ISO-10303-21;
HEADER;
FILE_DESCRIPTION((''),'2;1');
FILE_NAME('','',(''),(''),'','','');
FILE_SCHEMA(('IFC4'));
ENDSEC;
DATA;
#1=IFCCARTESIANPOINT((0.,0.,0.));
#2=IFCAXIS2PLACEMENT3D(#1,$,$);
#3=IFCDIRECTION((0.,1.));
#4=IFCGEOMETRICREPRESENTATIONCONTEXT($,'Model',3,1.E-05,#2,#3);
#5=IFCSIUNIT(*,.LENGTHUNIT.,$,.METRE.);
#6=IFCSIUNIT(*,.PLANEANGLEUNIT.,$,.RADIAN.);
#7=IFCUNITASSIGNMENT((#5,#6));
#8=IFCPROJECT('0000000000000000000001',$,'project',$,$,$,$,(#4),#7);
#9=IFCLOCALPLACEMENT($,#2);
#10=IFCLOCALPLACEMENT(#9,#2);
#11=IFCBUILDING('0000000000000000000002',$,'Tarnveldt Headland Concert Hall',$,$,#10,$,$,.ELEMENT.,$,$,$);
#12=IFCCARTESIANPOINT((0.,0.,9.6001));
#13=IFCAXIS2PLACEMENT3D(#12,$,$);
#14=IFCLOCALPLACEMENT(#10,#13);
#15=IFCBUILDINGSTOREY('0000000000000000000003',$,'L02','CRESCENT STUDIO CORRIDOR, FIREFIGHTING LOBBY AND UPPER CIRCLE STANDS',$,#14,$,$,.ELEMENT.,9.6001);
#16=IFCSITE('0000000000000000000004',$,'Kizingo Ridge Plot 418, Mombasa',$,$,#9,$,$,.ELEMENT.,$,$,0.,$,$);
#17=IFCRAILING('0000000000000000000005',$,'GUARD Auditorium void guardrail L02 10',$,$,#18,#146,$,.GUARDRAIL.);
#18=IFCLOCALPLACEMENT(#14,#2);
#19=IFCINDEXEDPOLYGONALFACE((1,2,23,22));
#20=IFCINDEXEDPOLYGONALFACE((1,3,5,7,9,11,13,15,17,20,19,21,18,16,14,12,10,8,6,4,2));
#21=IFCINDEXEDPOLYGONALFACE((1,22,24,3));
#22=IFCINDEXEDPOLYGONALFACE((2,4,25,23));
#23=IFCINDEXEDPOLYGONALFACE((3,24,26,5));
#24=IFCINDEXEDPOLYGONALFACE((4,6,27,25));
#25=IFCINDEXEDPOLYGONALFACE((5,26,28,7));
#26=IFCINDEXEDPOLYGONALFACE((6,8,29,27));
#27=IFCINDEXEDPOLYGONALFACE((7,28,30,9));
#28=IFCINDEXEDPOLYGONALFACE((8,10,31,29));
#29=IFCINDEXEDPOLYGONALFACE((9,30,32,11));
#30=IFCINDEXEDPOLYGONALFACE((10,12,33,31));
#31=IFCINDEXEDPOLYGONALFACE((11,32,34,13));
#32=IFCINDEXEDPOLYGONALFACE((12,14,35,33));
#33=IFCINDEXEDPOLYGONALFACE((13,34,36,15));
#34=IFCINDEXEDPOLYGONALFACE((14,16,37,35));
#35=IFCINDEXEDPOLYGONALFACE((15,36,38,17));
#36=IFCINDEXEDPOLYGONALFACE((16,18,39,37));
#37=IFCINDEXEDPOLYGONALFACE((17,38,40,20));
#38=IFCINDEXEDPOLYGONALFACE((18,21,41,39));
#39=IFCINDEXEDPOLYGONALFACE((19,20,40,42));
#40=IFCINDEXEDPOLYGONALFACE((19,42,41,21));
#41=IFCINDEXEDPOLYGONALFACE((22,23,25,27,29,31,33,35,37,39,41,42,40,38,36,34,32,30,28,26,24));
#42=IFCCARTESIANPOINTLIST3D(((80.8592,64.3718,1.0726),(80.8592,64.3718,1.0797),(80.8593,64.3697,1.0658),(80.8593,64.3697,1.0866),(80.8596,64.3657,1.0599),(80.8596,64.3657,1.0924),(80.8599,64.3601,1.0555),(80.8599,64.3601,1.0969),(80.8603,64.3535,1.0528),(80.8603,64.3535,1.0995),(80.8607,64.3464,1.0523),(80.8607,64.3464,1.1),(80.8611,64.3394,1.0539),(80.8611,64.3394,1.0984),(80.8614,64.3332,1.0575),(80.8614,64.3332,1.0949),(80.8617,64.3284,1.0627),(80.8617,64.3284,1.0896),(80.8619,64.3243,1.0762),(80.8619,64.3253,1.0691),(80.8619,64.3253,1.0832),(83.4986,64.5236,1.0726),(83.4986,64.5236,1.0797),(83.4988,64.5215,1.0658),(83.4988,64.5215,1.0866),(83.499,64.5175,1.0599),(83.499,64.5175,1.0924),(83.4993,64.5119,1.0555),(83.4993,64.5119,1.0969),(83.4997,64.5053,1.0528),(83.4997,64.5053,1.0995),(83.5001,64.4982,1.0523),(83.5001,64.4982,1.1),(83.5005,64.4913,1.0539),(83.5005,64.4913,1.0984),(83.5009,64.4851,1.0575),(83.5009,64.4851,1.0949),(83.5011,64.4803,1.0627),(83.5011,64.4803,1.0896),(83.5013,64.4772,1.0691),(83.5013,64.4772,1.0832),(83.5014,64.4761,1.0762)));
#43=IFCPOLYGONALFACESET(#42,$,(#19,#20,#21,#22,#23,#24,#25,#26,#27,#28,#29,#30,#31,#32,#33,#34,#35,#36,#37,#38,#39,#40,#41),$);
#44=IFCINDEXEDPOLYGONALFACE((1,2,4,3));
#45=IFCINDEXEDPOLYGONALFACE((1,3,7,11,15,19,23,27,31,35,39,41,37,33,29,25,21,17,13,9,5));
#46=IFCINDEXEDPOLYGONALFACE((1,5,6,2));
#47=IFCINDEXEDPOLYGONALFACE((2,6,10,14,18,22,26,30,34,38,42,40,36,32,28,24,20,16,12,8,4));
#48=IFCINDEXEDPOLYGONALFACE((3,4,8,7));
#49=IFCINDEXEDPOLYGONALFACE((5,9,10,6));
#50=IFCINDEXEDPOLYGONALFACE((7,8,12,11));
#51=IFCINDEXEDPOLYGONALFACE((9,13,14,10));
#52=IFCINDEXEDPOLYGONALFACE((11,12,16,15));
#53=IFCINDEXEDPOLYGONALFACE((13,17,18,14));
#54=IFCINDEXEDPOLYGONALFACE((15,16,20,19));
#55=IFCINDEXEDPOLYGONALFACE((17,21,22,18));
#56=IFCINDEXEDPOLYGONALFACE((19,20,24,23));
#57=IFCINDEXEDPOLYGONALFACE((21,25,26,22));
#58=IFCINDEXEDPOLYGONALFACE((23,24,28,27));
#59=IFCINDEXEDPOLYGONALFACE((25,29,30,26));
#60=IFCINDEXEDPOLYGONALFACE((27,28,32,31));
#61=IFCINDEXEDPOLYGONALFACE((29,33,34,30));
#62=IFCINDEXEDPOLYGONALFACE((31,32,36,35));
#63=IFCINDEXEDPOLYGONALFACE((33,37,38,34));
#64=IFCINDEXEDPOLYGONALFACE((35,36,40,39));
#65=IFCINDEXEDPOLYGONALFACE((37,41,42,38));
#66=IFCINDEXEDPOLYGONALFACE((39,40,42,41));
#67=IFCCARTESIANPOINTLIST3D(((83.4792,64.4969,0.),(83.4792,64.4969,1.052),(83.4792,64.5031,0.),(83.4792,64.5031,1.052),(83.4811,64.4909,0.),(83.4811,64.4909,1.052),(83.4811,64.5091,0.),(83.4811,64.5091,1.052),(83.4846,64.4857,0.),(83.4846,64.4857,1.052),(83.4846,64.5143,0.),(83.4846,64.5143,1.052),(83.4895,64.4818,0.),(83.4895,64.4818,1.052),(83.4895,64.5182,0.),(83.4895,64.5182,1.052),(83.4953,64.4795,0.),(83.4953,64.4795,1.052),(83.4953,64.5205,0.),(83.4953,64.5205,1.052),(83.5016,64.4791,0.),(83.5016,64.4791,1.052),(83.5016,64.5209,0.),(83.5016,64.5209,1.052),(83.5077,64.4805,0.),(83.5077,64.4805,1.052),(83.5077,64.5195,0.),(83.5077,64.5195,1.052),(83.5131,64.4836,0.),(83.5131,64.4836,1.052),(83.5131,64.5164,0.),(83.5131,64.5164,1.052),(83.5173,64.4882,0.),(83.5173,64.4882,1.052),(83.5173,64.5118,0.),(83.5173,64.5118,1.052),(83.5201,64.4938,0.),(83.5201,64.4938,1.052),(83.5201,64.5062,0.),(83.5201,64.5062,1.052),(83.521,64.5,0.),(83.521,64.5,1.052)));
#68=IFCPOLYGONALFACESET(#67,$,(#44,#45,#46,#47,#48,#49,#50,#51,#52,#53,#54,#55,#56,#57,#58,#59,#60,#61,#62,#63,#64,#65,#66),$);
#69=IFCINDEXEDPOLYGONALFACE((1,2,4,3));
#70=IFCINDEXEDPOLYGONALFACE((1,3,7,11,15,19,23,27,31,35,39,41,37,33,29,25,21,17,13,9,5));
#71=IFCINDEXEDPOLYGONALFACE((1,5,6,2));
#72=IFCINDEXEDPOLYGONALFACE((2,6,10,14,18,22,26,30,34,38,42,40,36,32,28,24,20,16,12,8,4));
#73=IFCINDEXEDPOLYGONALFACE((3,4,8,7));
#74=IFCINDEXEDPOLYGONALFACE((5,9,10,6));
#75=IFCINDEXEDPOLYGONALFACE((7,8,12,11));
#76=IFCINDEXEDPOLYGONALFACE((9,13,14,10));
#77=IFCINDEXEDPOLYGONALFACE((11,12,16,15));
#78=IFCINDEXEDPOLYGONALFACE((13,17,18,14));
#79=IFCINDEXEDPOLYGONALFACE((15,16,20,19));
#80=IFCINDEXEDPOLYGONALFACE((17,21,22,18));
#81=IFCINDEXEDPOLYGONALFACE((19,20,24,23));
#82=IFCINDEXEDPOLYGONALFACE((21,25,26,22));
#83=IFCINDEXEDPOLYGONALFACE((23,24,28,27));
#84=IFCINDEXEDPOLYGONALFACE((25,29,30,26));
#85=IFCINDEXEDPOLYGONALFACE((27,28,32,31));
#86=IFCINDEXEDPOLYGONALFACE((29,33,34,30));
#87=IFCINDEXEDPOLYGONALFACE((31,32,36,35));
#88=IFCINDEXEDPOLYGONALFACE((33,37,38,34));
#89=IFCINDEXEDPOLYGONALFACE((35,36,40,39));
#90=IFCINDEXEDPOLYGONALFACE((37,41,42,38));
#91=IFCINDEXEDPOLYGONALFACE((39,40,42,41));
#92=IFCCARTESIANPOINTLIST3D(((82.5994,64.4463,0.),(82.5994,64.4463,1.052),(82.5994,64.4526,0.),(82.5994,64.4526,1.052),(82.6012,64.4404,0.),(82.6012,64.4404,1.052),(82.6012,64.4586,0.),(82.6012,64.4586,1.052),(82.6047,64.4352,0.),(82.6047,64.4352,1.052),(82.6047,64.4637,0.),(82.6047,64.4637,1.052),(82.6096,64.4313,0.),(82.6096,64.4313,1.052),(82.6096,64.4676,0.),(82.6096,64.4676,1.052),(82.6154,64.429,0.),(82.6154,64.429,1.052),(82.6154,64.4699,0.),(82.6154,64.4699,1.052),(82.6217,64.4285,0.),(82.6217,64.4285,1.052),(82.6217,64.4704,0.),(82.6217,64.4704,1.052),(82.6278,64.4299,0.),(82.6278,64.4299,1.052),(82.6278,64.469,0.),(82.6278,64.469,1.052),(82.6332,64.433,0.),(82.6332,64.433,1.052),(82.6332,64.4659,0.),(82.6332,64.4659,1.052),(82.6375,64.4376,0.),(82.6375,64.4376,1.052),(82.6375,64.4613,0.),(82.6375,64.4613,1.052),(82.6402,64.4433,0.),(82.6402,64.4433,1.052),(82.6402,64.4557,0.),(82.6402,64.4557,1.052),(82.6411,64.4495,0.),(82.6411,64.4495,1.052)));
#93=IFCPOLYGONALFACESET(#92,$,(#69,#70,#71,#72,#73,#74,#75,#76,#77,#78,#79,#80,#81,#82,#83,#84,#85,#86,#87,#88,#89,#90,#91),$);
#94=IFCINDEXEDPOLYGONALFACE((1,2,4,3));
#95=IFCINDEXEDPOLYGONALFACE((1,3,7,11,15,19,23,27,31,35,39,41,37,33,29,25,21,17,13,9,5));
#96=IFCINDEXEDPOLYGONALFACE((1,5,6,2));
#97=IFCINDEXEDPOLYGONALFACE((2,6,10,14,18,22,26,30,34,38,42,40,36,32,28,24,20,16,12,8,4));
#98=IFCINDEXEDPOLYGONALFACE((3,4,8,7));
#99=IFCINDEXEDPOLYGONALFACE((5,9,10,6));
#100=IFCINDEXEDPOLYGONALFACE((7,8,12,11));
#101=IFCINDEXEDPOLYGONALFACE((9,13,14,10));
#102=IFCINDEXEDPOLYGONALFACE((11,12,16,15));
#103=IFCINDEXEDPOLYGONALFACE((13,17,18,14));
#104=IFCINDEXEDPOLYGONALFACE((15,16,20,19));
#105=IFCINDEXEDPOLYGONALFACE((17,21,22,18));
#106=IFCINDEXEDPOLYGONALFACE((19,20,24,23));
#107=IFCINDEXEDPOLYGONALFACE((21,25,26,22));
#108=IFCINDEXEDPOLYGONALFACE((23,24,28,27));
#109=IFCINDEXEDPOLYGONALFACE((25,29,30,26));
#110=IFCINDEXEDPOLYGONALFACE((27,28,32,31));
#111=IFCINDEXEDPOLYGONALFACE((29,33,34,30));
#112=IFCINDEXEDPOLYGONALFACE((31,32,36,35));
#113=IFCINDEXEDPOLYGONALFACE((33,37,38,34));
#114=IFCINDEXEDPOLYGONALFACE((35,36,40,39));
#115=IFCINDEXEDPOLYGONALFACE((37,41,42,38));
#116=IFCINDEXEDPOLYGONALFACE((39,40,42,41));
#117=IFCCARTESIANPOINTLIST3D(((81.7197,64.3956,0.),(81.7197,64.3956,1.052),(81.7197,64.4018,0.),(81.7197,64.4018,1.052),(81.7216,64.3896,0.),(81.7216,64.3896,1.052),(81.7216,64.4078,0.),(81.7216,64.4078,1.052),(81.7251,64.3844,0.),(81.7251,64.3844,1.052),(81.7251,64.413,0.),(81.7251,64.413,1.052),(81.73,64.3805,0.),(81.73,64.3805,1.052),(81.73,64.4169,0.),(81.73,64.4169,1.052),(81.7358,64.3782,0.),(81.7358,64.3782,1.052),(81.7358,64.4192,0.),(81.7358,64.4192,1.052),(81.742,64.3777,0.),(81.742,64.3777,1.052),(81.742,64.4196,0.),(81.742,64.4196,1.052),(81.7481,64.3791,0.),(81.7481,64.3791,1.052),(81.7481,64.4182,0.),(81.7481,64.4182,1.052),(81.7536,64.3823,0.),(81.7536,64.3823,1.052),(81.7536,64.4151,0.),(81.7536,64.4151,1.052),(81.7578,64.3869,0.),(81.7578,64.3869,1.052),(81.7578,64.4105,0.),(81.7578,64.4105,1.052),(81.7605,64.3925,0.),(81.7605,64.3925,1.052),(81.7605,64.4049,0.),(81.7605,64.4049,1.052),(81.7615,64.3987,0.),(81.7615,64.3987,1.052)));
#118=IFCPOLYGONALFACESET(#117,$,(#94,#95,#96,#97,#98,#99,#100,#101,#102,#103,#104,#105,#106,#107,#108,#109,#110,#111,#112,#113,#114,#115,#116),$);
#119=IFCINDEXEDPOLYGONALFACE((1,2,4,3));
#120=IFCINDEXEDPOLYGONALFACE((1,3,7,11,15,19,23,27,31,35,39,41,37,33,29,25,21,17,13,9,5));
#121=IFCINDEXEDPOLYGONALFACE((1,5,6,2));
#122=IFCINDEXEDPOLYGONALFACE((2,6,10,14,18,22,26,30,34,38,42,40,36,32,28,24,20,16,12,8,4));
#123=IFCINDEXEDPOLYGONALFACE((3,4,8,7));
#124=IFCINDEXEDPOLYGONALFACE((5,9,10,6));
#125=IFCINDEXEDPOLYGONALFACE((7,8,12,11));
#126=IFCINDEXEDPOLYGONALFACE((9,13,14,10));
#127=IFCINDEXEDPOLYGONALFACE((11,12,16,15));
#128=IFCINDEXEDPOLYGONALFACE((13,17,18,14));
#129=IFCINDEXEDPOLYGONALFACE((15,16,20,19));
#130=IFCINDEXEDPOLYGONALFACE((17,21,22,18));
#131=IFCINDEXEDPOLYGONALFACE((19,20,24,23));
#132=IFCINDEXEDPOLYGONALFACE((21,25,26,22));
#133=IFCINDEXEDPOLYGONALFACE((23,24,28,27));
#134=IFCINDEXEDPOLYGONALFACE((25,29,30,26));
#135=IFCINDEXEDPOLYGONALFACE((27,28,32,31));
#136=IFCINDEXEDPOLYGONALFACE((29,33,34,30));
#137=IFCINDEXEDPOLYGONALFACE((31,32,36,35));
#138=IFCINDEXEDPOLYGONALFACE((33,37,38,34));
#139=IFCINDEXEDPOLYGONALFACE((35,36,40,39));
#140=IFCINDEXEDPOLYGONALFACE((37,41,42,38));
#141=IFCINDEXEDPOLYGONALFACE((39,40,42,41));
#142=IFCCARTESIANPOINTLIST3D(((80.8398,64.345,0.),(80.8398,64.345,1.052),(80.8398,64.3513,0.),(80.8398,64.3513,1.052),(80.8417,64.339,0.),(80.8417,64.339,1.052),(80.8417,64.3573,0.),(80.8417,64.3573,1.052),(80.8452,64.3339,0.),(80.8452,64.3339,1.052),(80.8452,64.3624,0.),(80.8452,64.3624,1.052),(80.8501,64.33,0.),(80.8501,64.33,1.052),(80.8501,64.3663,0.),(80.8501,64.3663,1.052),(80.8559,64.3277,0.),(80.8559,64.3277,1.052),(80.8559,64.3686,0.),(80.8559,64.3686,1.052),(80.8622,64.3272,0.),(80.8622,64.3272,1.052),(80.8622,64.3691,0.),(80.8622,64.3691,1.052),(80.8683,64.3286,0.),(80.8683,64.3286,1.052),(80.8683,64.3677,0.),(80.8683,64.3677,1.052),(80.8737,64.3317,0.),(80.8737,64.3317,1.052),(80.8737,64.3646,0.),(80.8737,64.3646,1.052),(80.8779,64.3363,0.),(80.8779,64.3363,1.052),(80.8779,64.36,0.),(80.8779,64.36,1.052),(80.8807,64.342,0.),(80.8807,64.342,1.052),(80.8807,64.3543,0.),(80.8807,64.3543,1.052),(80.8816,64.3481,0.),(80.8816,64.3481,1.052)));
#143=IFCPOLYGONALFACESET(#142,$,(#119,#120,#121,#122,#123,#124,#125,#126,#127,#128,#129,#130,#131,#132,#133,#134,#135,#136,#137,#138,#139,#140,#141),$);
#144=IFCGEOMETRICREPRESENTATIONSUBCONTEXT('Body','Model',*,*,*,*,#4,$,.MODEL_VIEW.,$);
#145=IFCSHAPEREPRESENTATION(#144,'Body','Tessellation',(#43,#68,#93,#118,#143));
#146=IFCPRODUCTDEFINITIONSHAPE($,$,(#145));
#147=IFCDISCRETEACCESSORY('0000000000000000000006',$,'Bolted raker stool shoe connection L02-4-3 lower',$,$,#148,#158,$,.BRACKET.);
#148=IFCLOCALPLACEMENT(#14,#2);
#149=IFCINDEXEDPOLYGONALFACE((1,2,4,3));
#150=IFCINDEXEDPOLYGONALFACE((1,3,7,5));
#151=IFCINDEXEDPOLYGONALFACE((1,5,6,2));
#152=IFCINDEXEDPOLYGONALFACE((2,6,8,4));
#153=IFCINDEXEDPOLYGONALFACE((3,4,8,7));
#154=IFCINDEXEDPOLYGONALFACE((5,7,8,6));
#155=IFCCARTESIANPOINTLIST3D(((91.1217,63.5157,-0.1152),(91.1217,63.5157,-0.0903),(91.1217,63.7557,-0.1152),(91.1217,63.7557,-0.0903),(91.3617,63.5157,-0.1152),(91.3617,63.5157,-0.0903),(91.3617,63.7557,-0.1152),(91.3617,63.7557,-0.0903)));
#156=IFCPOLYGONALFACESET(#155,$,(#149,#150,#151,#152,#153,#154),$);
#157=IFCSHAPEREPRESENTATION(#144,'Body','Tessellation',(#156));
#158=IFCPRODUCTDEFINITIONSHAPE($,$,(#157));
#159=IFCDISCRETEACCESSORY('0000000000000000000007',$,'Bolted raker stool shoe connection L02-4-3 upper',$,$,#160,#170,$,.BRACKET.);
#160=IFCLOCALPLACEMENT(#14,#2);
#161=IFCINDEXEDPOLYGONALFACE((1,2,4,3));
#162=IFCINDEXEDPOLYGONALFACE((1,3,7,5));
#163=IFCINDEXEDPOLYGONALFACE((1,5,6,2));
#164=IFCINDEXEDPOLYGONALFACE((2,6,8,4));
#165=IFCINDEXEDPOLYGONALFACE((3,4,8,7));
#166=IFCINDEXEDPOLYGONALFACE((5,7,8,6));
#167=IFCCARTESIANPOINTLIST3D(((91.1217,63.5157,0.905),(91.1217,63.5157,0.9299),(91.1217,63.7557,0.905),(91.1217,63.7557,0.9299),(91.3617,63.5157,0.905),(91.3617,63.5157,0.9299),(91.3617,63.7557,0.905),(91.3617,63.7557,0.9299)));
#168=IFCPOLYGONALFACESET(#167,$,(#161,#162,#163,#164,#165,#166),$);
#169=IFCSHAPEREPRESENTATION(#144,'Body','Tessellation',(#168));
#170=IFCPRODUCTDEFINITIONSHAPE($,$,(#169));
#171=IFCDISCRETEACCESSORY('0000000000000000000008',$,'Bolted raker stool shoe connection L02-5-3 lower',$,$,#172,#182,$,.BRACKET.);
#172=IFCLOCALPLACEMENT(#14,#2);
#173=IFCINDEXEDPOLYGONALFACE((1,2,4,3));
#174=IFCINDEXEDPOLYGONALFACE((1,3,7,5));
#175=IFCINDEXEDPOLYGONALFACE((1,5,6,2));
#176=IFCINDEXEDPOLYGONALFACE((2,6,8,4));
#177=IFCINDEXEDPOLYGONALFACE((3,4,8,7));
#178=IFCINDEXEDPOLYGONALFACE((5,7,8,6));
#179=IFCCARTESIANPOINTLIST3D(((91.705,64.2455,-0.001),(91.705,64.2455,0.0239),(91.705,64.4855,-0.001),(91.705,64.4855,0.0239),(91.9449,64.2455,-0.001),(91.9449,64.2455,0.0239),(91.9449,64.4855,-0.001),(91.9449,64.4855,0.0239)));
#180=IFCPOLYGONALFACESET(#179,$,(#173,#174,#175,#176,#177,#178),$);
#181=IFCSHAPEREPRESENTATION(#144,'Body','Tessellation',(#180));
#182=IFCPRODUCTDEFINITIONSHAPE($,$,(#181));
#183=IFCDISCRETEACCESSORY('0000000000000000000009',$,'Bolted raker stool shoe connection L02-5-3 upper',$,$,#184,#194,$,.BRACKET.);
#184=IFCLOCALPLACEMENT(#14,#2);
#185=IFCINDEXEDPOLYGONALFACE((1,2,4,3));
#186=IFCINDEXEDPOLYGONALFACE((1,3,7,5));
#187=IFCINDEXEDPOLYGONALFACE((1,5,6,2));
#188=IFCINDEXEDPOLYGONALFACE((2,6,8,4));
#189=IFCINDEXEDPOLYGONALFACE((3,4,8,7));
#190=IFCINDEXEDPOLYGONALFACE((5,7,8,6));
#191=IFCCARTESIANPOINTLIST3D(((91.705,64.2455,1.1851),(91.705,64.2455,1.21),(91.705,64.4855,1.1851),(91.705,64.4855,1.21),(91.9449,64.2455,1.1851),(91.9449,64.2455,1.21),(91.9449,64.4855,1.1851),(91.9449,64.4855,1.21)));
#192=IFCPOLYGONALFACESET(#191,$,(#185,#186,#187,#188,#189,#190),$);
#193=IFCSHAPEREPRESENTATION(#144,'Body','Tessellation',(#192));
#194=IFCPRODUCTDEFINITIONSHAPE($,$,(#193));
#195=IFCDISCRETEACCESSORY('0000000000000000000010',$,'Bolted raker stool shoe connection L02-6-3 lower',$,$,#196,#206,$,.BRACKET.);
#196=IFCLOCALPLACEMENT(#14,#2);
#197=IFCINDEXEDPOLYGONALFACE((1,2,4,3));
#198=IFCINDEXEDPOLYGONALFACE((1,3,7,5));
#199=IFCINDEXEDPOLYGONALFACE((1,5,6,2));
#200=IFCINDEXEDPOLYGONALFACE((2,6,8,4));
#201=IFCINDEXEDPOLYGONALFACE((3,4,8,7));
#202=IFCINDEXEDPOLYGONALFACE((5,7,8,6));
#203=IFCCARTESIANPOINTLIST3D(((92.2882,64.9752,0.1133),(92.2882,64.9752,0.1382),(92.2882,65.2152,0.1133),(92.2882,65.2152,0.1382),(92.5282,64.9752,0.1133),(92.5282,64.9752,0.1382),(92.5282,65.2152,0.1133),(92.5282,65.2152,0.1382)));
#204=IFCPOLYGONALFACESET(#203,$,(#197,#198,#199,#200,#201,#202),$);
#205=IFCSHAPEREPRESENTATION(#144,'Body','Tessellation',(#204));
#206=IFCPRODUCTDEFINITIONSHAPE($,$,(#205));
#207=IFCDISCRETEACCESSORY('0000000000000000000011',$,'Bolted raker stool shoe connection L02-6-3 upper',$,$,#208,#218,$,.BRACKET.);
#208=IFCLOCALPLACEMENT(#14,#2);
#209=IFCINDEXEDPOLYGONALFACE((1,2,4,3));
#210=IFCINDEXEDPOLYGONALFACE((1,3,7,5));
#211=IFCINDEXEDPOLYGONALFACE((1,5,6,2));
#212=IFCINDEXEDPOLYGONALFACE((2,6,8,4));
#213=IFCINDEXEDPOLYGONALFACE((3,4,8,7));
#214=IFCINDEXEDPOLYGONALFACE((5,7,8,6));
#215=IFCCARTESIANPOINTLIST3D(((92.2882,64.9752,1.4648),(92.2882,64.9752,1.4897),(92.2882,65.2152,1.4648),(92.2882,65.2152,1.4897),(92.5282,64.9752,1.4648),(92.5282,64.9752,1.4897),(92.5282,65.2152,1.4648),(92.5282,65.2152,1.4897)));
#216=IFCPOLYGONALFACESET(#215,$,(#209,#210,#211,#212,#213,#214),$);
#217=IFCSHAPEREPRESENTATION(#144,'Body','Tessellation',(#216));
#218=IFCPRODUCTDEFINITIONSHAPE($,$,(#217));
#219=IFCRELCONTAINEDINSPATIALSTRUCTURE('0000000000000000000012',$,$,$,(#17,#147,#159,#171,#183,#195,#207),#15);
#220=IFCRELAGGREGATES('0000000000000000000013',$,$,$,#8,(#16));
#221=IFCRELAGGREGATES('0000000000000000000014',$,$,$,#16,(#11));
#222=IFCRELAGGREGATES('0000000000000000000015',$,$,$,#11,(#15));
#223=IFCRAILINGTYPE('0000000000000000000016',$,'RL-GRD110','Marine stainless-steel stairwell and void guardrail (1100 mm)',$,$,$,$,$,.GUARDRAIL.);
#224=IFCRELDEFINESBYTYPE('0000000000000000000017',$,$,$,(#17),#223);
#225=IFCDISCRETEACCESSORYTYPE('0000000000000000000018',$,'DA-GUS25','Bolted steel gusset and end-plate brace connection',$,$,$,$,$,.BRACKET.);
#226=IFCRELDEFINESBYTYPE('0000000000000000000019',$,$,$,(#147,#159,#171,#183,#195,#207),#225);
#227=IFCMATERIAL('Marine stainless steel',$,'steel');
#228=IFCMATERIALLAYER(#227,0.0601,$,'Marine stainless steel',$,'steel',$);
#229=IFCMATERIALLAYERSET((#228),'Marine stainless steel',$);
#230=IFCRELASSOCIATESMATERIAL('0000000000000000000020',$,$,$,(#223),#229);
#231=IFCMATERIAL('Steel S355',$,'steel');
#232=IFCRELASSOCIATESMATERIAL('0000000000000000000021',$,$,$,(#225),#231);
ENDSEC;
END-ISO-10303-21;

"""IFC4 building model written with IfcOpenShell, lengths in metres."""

from ifc_helpers import new_model, si_unit, direction, frame, origin, origin_2d, place, context, subcontext, project, spatial, rectangle, circle, extrude, material, layer, layer_set, type_object, element, save


model = new_model("IFC4")

# Units and contexts
model_context = context("Model", 3, precision=1e-05, world=origin(), true_north=direction((0.0, 1.0)))
body_context = subcontext(model_context, "Body", "Model", "MODEL_VIEW")
ifc_project = project(units=[si_unit("LENGTHUNIT", "METRE"), si_unit("PLANEANGLEUNIT", "RADIAN")], contexts=[model_context])

# Site, building, storey
site_placement = place(None, origin())
site = spatial("IfcSite", under=ifc_project, at=site_placement, Name="Kizingo Ridge Plot 418, Mombasa", CompositionType="ELEMENT", RefElevation=0.0)
building_placement = place(site_placement, origin())
building = spatial("IfcBuilding", under=site, at=building_placement, Name="Tarnveldt Headland Concert Hall", CompositionType="ELEMENT")
storey_placement = place(building_placement, frame((0.0, 0.0, 9.6001)))
storey = spatial("IfcBuildingStorey", under=building, at=storey_placement, Name="L02", Description="CRESCENT STUDIO CORRIDOR, FIREFIGHTING LOBBY AND UPPER CIRCLE STANDS", CompositionType="ELEMENT", Elevation=9.6001)

# Shared definitions
ifc_material_1 = material(Name="Steel S355", Category="steel")

# Railing
ifc_material_2 = material(Name="Marine stainless steel", Category="steel")
ifc_layer_1 = layer(ifc_material_2, 0.0601, Name="Marine stainless steel", Category="steel")
ifc_layer_set_1 = layer_set([ifc_layer_1], Name="Marine stainless steel")
railing_type = type_object("IfcRailingType", Name="RL-GRD110", Description="Marine stainless-steel stairwell and void guardrail (1100 mm)", PredefinedType="GUARDRAIL", material=ifc_layer_set_1)
railing_1_placement = place(storey_placement, frame((83.5, 64.5, 0.0)))
element("IfcRailing", 1, at=railing_1_placement, inside=storey, type_object=railing_type, Name="GUARD Auditorium void guardrail L02 10", PredefinedType="GUARDRAIL", context=body_context, shape_type="SweptSolid", body=[
    extrude(circle(Radius=0.0239, at=origin_2d()), frame((0.0, 0.0, 1.0762), z_axis=(-0.998349, -0.057439, 0.0), x_axis=(0.057439, -0.998349, 0.0)), (0.0, 0.0, 1.0), 2.6438),
    extrude(circle(Radius=0.021, at=origin_2d()), origin(), (0.0, 0.0, 1.0), 1.052),
    extrude(circle(Radius=0.021, at=origin_2d()), frame((-0.8799, -0.0505, 0.0)), (0.0, 0.0, 1.0), 1.052),
    extrude(circle(Radius=0.021, at=origin_2d()), frame((-1.7595, -0.1013, 0.0)), (0.0, 0.0, 1.0), 1.052),
    extrude(circle(Radius=0.021, at=origin_2d()), frame((-2.6394, -0.1519, 0.0)), (0.0, 0.0, 1.0), 1.052),
])

# Discrete accessories
discrete_accessory_type = type_object("IfcDiscreteAccessoryType", Name="DA-GUS25", Description="Bolted steel gusset and end-plate brace connection", PredefinedType="BRACKET", material=ifc_material_1)
for number, where, z_axis, x_axis, name in (
    (2, (91.2417, 63.6357, -0.1152), (0.0, 0.0, 1.0), (1.0, 0.0, 0.0), "Bolted raker stool shoe connection L02-4-3 lower"),
    (3, (91.2417, 63.6357, 0.905), (0.0, 0.0, 1.0), (1.0, 0.0, 0.0), "Bolted raker stool shoe connection L02-4-3 upper"),
    (4, (91.825, 64.3655, -0.001), (0.0, 0.0, 1.0), (1.0, 0.0, 0.0), "Bolted raker stool shoe connection L02-5-3 lower"),
    (5, (91.825, 64.3655, 1.1851), (0.0, 0.0, 1.0), (1.0, 0.0, 0.0), "Bolted raker stool shoe connection L02-5-3 upper"),
    (6, (92.4082, 65.0952, 0.1133), (0.0, 0.0, 1.0), (1.0, 0.0, 0.0), "Bolted raker stool shoe connection L02-6-3 lower"),
    (7, (92.4082, 65.0952, 1.4648), (0.0, 0.0, 1.0), (1.0, 0.0, 0.0), "Bolted raker stool shoe connection L02-6-3 upper"),
):
    element("IfcDiscreteAccessory", number, at=place(storey_placement, frame(where, z_axis=z_axis, x_axis=x_axis)), inside=storey, type_object=discrete_accessory_type, Name=name, PredefinedType="BRACKET", context=body_context, shape_type="SweptSolid", body=[
        extrude(rectangle(XDim=0.24, YDim=0.24, at=origin_2d()), origin(), (0.0, 0.0, 1.0), 0.0249),
    ])

save(model, "model.ifc")
